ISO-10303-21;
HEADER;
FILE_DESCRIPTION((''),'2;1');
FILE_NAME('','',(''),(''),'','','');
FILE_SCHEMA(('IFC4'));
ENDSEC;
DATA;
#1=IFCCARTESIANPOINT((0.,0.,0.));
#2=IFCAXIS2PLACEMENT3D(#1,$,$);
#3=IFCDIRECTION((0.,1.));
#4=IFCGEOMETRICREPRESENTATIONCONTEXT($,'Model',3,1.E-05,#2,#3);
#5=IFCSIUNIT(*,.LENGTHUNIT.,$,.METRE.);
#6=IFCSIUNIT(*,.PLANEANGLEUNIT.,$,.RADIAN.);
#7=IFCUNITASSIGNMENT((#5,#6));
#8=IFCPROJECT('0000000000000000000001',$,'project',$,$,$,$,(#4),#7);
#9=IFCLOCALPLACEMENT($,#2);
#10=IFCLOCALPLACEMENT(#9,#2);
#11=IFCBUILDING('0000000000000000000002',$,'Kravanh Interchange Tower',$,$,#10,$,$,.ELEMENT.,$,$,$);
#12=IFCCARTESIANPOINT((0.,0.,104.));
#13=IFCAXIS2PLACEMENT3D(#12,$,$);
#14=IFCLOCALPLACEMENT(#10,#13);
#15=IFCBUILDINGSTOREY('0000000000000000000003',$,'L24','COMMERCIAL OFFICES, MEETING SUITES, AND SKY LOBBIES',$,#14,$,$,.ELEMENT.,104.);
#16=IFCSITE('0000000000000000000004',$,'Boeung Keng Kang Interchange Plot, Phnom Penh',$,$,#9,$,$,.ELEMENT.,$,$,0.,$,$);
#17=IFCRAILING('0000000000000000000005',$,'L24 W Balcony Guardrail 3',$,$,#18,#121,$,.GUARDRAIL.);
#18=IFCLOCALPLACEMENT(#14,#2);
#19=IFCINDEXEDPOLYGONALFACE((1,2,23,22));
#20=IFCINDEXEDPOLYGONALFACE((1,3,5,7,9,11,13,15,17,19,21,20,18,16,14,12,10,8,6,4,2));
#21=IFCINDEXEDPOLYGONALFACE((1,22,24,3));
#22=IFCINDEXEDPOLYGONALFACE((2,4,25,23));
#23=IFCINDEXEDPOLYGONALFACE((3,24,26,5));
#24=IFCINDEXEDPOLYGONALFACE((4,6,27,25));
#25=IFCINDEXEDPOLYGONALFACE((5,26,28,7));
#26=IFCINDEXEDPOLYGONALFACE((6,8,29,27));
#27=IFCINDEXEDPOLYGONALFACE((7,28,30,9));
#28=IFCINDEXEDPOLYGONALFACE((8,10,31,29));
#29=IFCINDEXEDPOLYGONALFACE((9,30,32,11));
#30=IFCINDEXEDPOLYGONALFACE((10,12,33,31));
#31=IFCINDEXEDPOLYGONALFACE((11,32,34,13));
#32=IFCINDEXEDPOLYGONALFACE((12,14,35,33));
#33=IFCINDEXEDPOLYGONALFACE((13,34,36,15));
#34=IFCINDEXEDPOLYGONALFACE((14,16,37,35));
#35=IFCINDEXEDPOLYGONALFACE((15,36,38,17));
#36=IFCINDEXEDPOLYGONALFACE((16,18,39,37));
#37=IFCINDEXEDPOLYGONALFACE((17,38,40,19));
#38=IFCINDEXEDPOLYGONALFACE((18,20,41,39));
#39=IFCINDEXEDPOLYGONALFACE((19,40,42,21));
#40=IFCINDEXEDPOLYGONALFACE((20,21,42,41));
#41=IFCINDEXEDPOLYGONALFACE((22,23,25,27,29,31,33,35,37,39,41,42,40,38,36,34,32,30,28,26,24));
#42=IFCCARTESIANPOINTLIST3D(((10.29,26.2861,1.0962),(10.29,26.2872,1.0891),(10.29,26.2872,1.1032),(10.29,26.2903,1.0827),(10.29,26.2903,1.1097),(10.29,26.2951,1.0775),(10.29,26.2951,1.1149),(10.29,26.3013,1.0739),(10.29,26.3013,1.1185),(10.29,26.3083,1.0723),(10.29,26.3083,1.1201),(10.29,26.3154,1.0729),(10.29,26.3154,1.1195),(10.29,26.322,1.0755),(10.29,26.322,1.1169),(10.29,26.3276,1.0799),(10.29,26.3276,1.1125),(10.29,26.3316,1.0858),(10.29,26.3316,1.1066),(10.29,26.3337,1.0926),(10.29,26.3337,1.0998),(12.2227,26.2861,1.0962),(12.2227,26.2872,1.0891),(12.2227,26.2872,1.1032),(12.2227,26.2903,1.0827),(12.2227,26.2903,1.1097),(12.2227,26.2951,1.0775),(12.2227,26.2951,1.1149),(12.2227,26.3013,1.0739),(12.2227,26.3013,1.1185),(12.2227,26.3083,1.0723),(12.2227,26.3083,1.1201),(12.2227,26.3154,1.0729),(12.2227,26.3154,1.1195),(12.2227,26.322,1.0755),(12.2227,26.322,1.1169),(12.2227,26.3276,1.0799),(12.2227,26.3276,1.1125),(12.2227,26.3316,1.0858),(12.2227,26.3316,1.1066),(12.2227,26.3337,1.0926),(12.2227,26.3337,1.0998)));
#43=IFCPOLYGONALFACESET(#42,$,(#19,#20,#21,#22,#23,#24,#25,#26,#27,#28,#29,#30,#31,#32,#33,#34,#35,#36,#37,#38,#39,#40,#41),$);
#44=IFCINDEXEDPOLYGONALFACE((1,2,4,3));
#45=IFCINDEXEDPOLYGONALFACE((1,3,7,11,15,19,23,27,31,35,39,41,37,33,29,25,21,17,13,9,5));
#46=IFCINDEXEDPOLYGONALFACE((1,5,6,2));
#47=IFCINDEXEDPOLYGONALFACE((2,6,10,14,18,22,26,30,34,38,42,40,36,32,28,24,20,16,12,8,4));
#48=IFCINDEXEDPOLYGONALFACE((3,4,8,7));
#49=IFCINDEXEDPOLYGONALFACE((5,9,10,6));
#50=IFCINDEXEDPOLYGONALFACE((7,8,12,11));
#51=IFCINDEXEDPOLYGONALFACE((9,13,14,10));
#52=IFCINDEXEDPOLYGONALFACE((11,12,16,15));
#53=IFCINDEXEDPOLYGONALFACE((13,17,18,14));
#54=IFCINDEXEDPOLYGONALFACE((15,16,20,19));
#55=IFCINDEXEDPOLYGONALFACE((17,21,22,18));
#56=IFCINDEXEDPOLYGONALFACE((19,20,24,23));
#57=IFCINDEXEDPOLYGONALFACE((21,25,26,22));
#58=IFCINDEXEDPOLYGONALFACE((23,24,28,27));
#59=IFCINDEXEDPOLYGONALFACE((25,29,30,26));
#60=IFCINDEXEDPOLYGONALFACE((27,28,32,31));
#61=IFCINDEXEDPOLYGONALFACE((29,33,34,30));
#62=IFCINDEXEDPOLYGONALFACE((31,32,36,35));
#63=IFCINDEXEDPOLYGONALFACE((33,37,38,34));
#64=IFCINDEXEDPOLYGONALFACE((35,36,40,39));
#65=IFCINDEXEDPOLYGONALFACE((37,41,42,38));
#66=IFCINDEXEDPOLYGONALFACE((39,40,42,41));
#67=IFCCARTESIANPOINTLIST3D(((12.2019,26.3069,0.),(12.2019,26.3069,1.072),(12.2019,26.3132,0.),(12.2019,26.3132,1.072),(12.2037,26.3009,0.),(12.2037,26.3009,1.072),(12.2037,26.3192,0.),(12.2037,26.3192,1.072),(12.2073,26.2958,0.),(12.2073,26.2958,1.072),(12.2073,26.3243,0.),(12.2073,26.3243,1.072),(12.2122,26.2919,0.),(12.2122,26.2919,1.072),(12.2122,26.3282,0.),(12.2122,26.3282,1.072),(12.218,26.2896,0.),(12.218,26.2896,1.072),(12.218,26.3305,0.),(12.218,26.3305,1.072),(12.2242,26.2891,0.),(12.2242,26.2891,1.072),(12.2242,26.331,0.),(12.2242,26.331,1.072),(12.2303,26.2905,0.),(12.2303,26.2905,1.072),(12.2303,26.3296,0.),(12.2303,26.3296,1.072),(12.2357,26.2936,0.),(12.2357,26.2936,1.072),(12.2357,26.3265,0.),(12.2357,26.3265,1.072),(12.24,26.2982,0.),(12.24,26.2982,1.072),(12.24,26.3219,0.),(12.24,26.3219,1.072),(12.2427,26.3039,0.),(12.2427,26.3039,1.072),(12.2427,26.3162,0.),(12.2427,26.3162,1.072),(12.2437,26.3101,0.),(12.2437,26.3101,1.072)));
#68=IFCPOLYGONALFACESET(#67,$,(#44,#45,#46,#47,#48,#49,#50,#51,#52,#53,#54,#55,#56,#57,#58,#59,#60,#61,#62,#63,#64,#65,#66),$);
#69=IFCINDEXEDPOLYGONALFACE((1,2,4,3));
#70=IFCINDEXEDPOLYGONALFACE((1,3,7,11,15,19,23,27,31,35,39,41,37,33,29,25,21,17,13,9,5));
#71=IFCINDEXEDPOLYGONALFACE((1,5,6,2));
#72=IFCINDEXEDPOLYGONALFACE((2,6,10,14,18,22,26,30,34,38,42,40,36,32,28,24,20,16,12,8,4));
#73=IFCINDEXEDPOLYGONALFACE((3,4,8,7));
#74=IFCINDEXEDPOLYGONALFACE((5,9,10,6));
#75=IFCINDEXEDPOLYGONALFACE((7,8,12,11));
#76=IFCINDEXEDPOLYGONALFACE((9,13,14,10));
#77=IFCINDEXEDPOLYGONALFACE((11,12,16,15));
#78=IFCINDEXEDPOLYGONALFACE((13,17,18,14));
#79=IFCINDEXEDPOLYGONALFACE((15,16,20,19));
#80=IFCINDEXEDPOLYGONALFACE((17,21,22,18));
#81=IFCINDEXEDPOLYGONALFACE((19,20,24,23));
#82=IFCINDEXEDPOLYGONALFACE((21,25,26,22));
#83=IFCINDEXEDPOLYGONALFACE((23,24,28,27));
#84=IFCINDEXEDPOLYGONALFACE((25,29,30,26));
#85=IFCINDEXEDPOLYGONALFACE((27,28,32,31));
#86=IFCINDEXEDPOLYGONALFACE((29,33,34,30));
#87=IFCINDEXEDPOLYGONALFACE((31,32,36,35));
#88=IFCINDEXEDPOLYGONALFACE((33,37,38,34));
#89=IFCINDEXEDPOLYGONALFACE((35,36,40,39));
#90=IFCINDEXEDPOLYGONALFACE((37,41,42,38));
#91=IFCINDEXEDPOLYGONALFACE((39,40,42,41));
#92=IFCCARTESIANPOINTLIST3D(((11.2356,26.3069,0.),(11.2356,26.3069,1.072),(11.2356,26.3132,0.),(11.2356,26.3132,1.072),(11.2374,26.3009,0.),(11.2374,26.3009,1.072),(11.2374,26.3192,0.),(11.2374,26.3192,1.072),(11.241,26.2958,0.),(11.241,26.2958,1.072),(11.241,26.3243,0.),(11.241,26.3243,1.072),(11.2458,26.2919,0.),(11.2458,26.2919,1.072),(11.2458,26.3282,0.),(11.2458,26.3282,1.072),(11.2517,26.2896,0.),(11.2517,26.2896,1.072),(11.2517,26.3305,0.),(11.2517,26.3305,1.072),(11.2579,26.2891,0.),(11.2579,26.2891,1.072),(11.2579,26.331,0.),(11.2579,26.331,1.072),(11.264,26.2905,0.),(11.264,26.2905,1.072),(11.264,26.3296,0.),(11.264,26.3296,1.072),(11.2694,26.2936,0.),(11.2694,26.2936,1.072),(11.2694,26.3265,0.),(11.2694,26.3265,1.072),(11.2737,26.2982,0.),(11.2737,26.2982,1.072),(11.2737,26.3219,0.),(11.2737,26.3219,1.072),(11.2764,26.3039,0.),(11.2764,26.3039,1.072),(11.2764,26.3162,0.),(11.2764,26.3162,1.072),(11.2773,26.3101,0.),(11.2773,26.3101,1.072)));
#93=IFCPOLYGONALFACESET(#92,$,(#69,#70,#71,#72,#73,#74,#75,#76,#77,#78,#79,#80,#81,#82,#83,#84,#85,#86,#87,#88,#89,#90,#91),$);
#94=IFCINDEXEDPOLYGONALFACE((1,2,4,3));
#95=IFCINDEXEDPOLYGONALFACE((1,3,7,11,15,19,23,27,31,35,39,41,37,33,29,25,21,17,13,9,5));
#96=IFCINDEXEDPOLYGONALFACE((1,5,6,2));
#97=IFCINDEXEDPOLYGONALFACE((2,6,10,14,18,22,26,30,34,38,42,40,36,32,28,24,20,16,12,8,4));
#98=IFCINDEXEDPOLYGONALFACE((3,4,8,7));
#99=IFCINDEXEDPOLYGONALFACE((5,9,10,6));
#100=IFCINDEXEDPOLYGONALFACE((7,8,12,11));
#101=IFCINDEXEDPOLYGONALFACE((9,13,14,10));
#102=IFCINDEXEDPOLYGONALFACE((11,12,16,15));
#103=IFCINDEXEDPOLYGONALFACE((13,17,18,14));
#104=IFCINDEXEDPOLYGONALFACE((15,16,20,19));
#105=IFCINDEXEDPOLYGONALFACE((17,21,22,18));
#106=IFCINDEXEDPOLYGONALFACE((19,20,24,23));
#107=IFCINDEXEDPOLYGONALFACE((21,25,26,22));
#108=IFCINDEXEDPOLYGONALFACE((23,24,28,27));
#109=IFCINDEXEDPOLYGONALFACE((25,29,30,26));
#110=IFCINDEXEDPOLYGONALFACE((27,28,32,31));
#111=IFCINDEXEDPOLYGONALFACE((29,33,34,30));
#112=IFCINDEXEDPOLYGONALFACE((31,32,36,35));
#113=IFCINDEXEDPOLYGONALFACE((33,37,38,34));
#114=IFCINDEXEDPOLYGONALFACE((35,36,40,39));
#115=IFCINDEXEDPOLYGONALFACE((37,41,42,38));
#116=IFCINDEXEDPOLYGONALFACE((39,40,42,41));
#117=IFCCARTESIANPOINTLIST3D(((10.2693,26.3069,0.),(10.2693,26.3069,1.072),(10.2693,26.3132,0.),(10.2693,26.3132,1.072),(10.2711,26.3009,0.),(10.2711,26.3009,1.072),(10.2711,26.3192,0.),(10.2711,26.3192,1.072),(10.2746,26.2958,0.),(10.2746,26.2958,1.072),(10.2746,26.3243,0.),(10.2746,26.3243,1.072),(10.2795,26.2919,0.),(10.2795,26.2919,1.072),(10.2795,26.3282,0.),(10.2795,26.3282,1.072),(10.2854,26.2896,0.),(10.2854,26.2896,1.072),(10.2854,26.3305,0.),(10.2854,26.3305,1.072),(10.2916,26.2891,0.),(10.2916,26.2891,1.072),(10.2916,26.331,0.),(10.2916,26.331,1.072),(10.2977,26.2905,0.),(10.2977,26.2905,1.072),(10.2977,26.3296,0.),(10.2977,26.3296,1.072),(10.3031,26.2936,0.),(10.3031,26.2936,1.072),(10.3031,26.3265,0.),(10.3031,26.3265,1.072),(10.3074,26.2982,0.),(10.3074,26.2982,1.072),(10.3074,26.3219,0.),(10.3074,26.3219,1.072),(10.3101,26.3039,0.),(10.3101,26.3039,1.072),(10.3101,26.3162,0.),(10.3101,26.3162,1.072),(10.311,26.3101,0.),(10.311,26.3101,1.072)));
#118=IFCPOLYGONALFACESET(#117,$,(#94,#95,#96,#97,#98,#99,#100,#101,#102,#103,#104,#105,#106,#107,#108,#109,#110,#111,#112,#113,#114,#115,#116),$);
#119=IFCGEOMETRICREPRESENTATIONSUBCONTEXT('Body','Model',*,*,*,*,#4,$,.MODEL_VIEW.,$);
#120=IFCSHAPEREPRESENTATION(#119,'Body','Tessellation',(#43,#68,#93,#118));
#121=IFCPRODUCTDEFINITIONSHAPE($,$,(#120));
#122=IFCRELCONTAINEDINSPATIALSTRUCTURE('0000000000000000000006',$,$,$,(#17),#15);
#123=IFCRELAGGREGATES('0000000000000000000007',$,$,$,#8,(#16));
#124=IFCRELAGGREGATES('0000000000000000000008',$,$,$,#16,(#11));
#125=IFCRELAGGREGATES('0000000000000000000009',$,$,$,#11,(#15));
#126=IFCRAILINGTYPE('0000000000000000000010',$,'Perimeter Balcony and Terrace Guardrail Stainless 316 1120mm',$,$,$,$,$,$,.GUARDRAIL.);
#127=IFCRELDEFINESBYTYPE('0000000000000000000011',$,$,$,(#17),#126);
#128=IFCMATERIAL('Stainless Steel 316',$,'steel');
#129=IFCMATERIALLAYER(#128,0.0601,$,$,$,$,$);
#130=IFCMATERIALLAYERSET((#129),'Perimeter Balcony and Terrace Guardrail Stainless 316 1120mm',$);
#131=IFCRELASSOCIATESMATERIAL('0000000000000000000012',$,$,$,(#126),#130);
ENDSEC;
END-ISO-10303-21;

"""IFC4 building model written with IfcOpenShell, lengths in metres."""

from ifc_helpers import new_model, si_unit, direction, frame, origin, origin_2d, place, context, subcontext, project, spatial, circle, extrude, material, layer, layer_set, type_object, element, save


model = new_model("IFC4")

# Units and contexts
model_context = context("Model", 3, precision=1e-05, world=origin(), true_north=direction((0.0, 1.0)))
body_context = subcontext(model_context, "Body", "Model", "MODEL_VIEW")
ifc_project = project(units=[si_unit("LENGTHUNIT", "METRE"), si_unit("PLANEANGLEUNIT", "RADIAN")], contexts=[model_context])

# Site, building, storey
site_placement = place(None, origin())
site = spatial("IfcSite", under=ifc_project, at=site_placement, Name="Boeung Keng Kang Interchange Plot, Phnom Penh", CompositionType="ELEMENT", RefElevation=0.0)
building_placement = place(site_placement, origin())
building = spatial("IfcBuilding", under=site, at=building_placement, Name="Kravanh Interchange Tower", CompositionType="ELEMENT")
storey_placement = place(building_placement, frame((0.0, 0.0, 104.0)))
storey = spatial("IfcBuildingStorey", under=building, at=storey_placement, Name="L24", Description="COMMERCIAL OFFICES, MEETING SUITES, AND SKY LOBBIES", CompositionType="ELEMENT", Elevation=104.0)

# Railing
ifc_material_1 = material(Name="Stainless Steel 316", Category="steel")
ifc_layer_1 = layer(ifc_material_1, 0.0601)
ifc_layer_set_1 = layer_set([ifc_layer_1], Name="Perimeter Balcony and Terrace Guardrail Stainless 316 1120mm")
railing_type = type_object("IfcRailingType", Name="Perimeter Balcony and Terrace Guardrail Stainless 316 1120mm", PredefinedType="GUARDRAIL", material=ifc_layer_set_1)
railing_1_placement = place(storey_placement, frame((12.2227, 26.3101, 0.0)))
element("IfcRailing", 1, at=railing_1_placement, inside=storey, type_object=railing_type, Name="L24 W Balcony Guardrail 3", PredefinedType="GUARDRAIL", context=body_context, shape_type="SweptSolid", body=[
    extrude(circle(Radius=0.0239, at=origin_2d()), frame((0.0, 0.0, 1.0962), z_axis=(-1.0, 0.0, 0.0), x_axis=(0.0, -1.0, 0.0)), (0.0, 0.0, 1.0), 1.9326),
    extrude(circle(Radius=0.021, at=origin_2d()), origin(), (0.0, 0.0, 1.0), 1.072),
    extrude(circle(Radius=0.021, at=origin_2d()), frame((-0.9663, 0.0, 0.0)), (0.0, 0.0, 1.0), 1.072),
    extrude(circle(Radius=0.021, at=origin_2d()), frame((-1.9326, 0.0, 0.0)), (0.0, 0.0, 1.0), 1.072),
])

save(model, "model.ifc")
